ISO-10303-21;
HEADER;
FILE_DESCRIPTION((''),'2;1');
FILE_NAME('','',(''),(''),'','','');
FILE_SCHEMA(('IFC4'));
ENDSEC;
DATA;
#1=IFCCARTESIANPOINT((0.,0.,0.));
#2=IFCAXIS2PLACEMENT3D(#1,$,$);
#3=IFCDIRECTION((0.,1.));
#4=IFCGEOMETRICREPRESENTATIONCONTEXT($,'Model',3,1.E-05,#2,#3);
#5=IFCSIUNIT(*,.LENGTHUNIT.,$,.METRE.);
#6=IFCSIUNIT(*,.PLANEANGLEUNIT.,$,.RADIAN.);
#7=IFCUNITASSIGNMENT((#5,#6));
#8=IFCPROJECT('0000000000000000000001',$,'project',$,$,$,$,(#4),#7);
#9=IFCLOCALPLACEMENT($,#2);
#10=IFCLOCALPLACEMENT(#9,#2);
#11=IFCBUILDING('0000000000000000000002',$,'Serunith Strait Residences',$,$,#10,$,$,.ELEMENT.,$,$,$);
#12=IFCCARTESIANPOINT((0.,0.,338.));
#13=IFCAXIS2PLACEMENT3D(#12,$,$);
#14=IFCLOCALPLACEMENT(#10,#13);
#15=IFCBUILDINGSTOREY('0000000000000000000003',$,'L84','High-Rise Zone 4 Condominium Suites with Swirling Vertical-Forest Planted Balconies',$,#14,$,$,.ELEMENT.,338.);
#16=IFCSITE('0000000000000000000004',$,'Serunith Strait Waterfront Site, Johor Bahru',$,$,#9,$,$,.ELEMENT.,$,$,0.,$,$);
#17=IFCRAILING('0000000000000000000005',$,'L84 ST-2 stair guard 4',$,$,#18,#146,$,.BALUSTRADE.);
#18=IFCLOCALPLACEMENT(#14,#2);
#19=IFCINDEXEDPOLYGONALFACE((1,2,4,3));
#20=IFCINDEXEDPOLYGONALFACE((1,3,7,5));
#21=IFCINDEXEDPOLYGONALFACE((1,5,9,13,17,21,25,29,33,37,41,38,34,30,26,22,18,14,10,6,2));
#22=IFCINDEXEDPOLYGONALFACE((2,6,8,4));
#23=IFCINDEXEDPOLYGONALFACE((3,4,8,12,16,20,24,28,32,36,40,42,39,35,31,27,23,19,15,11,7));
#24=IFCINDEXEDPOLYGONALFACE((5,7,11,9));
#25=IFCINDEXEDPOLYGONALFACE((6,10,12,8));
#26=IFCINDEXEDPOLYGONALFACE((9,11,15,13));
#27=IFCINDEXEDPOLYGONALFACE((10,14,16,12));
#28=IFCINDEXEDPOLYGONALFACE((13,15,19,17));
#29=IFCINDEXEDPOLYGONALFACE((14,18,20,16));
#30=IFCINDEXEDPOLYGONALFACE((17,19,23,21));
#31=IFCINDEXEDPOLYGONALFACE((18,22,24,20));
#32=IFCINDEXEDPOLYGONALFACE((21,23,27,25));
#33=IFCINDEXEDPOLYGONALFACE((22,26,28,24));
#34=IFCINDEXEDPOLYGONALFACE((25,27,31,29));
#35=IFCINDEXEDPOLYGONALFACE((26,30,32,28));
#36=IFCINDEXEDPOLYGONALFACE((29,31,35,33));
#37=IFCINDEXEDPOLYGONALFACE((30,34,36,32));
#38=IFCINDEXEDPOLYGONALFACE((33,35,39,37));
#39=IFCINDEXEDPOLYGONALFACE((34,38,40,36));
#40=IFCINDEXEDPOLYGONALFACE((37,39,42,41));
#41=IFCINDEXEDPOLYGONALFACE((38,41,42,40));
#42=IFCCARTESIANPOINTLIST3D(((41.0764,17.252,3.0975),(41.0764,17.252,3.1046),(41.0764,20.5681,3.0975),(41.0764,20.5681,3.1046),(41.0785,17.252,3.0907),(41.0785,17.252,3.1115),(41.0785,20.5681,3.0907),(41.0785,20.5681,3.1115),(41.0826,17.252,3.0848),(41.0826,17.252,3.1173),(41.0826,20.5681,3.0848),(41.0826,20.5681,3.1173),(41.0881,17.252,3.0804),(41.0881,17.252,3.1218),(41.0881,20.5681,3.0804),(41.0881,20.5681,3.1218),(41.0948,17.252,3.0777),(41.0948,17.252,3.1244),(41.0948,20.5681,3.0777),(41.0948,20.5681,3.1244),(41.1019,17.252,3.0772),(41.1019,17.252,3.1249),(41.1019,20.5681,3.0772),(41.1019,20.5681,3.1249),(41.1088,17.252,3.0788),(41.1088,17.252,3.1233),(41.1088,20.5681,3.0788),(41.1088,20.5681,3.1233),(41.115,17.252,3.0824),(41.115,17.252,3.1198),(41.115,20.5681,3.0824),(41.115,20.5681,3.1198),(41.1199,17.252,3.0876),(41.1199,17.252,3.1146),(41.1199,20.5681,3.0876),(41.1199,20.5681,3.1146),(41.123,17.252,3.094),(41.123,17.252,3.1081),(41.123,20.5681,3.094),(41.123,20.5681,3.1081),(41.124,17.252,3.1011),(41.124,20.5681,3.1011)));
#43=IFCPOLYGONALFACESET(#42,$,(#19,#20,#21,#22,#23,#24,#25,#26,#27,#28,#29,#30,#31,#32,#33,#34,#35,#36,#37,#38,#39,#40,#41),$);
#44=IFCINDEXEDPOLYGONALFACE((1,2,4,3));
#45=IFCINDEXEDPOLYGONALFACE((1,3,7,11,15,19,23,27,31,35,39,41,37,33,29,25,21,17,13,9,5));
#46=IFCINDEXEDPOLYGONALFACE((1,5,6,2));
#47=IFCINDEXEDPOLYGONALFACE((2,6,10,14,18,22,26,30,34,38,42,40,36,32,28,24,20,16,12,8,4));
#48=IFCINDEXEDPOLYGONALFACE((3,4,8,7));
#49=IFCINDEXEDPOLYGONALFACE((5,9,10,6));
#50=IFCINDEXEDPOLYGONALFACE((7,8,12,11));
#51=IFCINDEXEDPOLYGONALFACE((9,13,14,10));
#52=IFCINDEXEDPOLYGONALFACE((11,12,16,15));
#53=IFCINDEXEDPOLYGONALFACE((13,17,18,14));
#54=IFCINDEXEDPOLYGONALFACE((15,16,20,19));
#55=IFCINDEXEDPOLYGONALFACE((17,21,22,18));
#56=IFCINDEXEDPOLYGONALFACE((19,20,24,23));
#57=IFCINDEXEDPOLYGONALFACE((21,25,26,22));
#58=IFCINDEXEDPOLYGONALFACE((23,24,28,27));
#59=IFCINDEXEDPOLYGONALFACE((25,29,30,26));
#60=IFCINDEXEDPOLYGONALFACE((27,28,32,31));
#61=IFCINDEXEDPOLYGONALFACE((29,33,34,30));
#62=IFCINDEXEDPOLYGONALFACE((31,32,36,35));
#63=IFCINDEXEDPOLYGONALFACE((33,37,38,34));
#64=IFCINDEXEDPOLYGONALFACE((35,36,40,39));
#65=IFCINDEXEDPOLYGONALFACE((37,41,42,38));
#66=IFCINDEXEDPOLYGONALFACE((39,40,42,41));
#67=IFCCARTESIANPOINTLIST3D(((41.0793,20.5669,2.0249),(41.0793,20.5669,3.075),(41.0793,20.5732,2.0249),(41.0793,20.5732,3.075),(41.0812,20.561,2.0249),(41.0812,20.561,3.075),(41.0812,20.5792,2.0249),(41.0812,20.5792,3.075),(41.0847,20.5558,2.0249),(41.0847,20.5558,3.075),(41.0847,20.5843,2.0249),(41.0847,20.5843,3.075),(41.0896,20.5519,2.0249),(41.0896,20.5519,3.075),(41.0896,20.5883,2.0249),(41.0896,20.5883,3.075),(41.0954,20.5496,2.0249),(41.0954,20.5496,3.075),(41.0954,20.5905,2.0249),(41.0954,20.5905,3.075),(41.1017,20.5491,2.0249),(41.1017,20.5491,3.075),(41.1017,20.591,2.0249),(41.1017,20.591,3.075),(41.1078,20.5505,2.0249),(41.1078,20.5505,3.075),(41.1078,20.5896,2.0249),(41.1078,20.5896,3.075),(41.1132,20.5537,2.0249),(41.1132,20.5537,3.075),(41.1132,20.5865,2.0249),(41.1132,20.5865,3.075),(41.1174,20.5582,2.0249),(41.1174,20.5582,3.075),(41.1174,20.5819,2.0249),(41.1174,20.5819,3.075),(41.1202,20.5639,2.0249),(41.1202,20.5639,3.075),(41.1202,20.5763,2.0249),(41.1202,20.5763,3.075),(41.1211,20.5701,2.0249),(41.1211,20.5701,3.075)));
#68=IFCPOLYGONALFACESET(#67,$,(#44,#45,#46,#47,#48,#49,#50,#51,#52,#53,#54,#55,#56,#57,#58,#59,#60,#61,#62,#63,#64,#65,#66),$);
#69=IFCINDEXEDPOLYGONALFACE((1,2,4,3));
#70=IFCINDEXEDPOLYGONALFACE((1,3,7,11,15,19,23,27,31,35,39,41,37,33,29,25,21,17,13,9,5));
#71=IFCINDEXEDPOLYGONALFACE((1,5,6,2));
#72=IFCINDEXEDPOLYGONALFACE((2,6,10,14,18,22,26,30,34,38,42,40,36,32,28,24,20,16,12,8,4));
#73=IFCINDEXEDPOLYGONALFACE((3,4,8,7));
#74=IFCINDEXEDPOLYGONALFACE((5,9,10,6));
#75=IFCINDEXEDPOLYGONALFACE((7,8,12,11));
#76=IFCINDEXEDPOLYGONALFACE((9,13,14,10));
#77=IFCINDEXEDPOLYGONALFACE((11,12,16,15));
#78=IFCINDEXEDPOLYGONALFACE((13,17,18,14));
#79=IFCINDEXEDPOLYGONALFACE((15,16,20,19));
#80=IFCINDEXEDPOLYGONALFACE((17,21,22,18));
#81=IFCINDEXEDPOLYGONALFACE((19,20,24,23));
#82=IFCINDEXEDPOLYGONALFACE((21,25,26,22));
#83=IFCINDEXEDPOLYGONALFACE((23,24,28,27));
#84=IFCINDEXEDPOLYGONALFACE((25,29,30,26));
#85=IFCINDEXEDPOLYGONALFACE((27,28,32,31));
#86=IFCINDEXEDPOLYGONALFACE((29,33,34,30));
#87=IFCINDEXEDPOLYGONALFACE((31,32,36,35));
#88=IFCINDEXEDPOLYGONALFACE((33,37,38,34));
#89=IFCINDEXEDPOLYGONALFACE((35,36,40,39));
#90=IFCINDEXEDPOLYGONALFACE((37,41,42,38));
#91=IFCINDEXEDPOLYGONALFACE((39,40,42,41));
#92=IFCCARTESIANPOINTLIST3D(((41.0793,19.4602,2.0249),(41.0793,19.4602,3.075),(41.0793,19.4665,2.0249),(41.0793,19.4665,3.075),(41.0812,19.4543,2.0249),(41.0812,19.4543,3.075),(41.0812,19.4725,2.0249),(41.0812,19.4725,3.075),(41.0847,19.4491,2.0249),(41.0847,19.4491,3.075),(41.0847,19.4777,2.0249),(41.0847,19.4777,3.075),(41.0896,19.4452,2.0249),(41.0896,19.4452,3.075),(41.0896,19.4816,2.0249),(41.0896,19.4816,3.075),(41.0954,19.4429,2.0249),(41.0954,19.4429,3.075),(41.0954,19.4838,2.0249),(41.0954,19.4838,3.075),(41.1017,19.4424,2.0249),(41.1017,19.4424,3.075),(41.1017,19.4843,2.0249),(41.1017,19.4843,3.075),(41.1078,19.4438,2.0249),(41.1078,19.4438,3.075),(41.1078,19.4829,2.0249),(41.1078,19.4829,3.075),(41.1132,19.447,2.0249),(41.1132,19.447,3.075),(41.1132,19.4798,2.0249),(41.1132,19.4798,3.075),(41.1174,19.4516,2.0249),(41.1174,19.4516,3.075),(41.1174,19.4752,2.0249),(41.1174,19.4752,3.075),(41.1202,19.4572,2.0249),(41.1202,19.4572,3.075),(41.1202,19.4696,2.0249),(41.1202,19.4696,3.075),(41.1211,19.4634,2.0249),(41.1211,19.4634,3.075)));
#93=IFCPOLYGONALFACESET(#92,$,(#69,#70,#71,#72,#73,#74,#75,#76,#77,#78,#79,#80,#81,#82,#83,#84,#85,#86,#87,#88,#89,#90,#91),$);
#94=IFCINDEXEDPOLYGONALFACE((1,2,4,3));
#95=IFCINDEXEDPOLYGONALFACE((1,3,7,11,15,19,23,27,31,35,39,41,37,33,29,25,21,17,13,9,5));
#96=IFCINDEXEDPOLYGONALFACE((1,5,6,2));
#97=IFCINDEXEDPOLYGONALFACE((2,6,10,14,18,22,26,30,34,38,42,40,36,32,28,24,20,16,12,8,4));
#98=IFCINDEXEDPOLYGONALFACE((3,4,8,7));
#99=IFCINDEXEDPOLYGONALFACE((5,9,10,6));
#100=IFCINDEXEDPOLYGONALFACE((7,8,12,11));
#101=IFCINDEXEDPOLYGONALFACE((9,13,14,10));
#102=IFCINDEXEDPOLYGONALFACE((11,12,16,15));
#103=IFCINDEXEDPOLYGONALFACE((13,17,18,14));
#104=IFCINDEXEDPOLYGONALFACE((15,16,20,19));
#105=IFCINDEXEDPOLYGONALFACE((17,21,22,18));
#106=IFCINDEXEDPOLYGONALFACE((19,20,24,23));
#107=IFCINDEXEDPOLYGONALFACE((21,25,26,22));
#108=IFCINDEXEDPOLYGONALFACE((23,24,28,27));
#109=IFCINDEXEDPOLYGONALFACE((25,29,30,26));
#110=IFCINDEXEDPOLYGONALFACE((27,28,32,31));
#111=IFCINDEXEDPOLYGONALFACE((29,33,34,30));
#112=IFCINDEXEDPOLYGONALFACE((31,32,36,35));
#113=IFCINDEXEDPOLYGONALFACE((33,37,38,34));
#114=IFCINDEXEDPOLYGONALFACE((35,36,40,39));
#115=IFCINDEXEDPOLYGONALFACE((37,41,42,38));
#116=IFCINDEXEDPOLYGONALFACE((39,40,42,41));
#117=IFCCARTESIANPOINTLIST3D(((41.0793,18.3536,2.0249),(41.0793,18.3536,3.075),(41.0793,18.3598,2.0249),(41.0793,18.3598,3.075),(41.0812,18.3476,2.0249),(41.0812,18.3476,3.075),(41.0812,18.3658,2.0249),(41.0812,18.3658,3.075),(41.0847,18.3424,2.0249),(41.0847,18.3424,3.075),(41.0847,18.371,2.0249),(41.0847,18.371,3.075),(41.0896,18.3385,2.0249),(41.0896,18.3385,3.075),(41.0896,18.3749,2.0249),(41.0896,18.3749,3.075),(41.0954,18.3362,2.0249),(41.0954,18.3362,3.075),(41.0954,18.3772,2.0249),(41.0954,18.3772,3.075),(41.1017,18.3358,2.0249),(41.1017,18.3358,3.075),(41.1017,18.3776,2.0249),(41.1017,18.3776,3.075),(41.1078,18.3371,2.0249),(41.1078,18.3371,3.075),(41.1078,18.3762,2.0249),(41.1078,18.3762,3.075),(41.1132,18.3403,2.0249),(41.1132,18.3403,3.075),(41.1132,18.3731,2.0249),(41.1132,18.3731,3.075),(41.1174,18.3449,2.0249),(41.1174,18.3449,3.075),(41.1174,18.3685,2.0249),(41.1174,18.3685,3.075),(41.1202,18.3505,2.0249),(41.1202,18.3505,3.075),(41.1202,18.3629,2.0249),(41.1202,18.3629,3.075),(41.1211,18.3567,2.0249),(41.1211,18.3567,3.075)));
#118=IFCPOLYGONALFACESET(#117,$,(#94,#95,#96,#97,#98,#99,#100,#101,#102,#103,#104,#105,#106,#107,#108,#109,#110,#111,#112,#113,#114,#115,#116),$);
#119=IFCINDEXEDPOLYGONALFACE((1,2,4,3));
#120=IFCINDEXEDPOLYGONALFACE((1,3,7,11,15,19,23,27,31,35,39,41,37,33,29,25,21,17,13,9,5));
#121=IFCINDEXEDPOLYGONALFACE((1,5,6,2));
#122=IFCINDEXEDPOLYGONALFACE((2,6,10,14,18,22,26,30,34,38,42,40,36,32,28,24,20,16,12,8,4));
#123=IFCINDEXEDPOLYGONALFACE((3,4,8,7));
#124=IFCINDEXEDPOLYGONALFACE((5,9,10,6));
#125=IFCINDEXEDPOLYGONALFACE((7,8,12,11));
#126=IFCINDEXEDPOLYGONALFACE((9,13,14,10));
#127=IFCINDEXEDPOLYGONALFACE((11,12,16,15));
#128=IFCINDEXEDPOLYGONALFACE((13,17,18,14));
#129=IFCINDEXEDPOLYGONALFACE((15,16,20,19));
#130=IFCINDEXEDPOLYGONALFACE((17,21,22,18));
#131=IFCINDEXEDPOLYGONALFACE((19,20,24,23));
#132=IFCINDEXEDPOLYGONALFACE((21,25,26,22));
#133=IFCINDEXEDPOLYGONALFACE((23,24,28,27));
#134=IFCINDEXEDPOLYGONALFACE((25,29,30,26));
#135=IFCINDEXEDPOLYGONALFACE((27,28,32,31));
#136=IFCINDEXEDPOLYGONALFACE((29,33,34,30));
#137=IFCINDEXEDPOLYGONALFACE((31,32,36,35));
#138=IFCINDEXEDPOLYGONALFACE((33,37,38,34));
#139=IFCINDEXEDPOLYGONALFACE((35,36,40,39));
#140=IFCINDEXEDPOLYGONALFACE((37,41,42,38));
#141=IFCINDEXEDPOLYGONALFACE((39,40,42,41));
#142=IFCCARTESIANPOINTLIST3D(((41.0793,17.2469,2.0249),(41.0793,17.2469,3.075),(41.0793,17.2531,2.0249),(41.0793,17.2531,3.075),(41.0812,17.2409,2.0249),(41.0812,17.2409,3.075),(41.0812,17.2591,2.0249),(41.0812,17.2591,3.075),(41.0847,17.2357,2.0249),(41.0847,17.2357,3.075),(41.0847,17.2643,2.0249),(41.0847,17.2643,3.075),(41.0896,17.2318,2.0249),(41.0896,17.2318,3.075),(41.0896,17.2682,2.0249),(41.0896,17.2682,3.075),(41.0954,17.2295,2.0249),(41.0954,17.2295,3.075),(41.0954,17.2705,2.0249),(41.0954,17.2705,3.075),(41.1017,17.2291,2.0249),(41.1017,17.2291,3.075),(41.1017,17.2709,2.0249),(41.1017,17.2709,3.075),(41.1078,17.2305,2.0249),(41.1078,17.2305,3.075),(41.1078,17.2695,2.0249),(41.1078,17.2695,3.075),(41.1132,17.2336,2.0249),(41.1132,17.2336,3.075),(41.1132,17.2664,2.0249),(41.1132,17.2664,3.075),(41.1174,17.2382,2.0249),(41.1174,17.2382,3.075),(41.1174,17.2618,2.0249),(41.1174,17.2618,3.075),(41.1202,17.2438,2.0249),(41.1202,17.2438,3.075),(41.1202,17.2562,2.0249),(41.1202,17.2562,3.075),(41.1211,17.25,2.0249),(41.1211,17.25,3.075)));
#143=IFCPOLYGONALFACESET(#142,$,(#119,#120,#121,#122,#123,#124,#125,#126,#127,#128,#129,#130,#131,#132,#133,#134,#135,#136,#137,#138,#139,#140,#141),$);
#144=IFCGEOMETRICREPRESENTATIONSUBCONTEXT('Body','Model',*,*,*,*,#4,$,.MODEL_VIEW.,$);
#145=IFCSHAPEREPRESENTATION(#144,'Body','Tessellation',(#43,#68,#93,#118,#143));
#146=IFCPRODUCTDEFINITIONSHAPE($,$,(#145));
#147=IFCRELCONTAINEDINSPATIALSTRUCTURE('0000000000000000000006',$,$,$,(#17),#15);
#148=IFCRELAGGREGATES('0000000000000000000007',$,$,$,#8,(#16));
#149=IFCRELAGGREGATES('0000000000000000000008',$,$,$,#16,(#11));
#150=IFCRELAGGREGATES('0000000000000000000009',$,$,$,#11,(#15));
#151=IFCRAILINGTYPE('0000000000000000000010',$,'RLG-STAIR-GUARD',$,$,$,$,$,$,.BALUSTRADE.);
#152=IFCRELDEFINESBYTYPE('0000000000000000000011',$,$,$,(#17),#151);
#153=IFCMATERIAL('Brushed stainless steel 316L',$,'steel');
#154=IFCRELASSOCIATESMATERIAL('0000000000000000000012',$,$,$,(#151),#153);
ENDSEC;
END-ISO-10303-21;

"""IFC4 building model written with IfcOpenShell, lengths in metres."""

from ifc_helpers import new_model, si_unit, direction, frame, origin, origin_2d, place, context, subcontext, project, spatial, circle, extrude, material, type_object, element, save


model = new_model("IFC4")

# Units and contexts
model_context = context("Model", 3, precision=1e-05, world=origin(), true_north=direction((0.0, 1.0)))
body_context = subcontext(model_context, "Body", "Model", "MODEL_VIEW")
ifc_project = project(units=[si_unit("LENGTHUNIT", "METRE"), si_unit("PLANEANGLEUNIT", "RADIAN")], contexts=[model_context])

# Site, building, storey
site_placement = place(None, origin())
site = spatial("IfcSite", under=ifc_project, at=site_placement, Name="Serunith Strait Waterfront Site, Johor Bahru", CompositionType="ELEMENT", RefElevation=0.0)
building_placement = place(site_placement, origin())
building = spatial("IfcBuilding", under=site, at=building_placement, Name="Serunith Strait Residences", CompositionType="ELEMENT")
storey_placement = place(building_placement, frame((0.0, 0.0, 338.0)))
storey = spatial("IfcBuildingStorey", under=building, at=storey_placement, Name="L84", Description="High-Rise Zone 4 Condominium Suites with Swirling Vertical-Forest Planted Balconies", CompositionType="ELEMENT", Elevation=338.0)

# Railing
ifc_material_1 = material(Name="Brushed stainless steel 316L", Category="steel")
railing_type_1 = type_object("IfcRailingType", Name="RLG-STAIR-GUARD", PredefinedType="BALUSTRADE", material=ifc_material_1)
for number, where, name in (
    (1, (41.1001, 20.5701, 2.0249), "L84 ST-2 stair guard 4"),
):
    element("IfcRailing", number, at=place(storey_placement, frame(where)), inside=storey, type_object=railing_type_1, Name=name, PredefinedType="BALUSTRADE", context=body_context, shape_type="SweptSolid", body=[
        extrude(circle(Radius=0.0239, at=origin_2d()), frame((0.0, -0.002, 1.0762), z_axis=(0.0, -1.0, 0.0), x_axis=(1.0, 0.0, 0.0)), (0.0, 0.0, 1.0), 3.3162),
        extrude(circle(Radius=0.021, at=origin_2d()), origin(), (0.0, 0.0, 1.0), 1.05),
        extrude(circle(Radius=0.021, at=origin_2d()), frame((0.0, -1.1067, 0.0)), (0.0, 0.0, 1.0), 1.05),
        extrude(circle(Radius=0.021, at=origin_2d()), frame((0.0, -2.2134, 0.0)), (0.0, 0.0, 1.0), 1.05),
        extrude(circle(Radius=0.021, at=origin_2d()), frame((0.0, -3.3201, 0.0)), (0.0, 0.0, 1.0), 1.05),
    ])

save(model, "model.ifc")
